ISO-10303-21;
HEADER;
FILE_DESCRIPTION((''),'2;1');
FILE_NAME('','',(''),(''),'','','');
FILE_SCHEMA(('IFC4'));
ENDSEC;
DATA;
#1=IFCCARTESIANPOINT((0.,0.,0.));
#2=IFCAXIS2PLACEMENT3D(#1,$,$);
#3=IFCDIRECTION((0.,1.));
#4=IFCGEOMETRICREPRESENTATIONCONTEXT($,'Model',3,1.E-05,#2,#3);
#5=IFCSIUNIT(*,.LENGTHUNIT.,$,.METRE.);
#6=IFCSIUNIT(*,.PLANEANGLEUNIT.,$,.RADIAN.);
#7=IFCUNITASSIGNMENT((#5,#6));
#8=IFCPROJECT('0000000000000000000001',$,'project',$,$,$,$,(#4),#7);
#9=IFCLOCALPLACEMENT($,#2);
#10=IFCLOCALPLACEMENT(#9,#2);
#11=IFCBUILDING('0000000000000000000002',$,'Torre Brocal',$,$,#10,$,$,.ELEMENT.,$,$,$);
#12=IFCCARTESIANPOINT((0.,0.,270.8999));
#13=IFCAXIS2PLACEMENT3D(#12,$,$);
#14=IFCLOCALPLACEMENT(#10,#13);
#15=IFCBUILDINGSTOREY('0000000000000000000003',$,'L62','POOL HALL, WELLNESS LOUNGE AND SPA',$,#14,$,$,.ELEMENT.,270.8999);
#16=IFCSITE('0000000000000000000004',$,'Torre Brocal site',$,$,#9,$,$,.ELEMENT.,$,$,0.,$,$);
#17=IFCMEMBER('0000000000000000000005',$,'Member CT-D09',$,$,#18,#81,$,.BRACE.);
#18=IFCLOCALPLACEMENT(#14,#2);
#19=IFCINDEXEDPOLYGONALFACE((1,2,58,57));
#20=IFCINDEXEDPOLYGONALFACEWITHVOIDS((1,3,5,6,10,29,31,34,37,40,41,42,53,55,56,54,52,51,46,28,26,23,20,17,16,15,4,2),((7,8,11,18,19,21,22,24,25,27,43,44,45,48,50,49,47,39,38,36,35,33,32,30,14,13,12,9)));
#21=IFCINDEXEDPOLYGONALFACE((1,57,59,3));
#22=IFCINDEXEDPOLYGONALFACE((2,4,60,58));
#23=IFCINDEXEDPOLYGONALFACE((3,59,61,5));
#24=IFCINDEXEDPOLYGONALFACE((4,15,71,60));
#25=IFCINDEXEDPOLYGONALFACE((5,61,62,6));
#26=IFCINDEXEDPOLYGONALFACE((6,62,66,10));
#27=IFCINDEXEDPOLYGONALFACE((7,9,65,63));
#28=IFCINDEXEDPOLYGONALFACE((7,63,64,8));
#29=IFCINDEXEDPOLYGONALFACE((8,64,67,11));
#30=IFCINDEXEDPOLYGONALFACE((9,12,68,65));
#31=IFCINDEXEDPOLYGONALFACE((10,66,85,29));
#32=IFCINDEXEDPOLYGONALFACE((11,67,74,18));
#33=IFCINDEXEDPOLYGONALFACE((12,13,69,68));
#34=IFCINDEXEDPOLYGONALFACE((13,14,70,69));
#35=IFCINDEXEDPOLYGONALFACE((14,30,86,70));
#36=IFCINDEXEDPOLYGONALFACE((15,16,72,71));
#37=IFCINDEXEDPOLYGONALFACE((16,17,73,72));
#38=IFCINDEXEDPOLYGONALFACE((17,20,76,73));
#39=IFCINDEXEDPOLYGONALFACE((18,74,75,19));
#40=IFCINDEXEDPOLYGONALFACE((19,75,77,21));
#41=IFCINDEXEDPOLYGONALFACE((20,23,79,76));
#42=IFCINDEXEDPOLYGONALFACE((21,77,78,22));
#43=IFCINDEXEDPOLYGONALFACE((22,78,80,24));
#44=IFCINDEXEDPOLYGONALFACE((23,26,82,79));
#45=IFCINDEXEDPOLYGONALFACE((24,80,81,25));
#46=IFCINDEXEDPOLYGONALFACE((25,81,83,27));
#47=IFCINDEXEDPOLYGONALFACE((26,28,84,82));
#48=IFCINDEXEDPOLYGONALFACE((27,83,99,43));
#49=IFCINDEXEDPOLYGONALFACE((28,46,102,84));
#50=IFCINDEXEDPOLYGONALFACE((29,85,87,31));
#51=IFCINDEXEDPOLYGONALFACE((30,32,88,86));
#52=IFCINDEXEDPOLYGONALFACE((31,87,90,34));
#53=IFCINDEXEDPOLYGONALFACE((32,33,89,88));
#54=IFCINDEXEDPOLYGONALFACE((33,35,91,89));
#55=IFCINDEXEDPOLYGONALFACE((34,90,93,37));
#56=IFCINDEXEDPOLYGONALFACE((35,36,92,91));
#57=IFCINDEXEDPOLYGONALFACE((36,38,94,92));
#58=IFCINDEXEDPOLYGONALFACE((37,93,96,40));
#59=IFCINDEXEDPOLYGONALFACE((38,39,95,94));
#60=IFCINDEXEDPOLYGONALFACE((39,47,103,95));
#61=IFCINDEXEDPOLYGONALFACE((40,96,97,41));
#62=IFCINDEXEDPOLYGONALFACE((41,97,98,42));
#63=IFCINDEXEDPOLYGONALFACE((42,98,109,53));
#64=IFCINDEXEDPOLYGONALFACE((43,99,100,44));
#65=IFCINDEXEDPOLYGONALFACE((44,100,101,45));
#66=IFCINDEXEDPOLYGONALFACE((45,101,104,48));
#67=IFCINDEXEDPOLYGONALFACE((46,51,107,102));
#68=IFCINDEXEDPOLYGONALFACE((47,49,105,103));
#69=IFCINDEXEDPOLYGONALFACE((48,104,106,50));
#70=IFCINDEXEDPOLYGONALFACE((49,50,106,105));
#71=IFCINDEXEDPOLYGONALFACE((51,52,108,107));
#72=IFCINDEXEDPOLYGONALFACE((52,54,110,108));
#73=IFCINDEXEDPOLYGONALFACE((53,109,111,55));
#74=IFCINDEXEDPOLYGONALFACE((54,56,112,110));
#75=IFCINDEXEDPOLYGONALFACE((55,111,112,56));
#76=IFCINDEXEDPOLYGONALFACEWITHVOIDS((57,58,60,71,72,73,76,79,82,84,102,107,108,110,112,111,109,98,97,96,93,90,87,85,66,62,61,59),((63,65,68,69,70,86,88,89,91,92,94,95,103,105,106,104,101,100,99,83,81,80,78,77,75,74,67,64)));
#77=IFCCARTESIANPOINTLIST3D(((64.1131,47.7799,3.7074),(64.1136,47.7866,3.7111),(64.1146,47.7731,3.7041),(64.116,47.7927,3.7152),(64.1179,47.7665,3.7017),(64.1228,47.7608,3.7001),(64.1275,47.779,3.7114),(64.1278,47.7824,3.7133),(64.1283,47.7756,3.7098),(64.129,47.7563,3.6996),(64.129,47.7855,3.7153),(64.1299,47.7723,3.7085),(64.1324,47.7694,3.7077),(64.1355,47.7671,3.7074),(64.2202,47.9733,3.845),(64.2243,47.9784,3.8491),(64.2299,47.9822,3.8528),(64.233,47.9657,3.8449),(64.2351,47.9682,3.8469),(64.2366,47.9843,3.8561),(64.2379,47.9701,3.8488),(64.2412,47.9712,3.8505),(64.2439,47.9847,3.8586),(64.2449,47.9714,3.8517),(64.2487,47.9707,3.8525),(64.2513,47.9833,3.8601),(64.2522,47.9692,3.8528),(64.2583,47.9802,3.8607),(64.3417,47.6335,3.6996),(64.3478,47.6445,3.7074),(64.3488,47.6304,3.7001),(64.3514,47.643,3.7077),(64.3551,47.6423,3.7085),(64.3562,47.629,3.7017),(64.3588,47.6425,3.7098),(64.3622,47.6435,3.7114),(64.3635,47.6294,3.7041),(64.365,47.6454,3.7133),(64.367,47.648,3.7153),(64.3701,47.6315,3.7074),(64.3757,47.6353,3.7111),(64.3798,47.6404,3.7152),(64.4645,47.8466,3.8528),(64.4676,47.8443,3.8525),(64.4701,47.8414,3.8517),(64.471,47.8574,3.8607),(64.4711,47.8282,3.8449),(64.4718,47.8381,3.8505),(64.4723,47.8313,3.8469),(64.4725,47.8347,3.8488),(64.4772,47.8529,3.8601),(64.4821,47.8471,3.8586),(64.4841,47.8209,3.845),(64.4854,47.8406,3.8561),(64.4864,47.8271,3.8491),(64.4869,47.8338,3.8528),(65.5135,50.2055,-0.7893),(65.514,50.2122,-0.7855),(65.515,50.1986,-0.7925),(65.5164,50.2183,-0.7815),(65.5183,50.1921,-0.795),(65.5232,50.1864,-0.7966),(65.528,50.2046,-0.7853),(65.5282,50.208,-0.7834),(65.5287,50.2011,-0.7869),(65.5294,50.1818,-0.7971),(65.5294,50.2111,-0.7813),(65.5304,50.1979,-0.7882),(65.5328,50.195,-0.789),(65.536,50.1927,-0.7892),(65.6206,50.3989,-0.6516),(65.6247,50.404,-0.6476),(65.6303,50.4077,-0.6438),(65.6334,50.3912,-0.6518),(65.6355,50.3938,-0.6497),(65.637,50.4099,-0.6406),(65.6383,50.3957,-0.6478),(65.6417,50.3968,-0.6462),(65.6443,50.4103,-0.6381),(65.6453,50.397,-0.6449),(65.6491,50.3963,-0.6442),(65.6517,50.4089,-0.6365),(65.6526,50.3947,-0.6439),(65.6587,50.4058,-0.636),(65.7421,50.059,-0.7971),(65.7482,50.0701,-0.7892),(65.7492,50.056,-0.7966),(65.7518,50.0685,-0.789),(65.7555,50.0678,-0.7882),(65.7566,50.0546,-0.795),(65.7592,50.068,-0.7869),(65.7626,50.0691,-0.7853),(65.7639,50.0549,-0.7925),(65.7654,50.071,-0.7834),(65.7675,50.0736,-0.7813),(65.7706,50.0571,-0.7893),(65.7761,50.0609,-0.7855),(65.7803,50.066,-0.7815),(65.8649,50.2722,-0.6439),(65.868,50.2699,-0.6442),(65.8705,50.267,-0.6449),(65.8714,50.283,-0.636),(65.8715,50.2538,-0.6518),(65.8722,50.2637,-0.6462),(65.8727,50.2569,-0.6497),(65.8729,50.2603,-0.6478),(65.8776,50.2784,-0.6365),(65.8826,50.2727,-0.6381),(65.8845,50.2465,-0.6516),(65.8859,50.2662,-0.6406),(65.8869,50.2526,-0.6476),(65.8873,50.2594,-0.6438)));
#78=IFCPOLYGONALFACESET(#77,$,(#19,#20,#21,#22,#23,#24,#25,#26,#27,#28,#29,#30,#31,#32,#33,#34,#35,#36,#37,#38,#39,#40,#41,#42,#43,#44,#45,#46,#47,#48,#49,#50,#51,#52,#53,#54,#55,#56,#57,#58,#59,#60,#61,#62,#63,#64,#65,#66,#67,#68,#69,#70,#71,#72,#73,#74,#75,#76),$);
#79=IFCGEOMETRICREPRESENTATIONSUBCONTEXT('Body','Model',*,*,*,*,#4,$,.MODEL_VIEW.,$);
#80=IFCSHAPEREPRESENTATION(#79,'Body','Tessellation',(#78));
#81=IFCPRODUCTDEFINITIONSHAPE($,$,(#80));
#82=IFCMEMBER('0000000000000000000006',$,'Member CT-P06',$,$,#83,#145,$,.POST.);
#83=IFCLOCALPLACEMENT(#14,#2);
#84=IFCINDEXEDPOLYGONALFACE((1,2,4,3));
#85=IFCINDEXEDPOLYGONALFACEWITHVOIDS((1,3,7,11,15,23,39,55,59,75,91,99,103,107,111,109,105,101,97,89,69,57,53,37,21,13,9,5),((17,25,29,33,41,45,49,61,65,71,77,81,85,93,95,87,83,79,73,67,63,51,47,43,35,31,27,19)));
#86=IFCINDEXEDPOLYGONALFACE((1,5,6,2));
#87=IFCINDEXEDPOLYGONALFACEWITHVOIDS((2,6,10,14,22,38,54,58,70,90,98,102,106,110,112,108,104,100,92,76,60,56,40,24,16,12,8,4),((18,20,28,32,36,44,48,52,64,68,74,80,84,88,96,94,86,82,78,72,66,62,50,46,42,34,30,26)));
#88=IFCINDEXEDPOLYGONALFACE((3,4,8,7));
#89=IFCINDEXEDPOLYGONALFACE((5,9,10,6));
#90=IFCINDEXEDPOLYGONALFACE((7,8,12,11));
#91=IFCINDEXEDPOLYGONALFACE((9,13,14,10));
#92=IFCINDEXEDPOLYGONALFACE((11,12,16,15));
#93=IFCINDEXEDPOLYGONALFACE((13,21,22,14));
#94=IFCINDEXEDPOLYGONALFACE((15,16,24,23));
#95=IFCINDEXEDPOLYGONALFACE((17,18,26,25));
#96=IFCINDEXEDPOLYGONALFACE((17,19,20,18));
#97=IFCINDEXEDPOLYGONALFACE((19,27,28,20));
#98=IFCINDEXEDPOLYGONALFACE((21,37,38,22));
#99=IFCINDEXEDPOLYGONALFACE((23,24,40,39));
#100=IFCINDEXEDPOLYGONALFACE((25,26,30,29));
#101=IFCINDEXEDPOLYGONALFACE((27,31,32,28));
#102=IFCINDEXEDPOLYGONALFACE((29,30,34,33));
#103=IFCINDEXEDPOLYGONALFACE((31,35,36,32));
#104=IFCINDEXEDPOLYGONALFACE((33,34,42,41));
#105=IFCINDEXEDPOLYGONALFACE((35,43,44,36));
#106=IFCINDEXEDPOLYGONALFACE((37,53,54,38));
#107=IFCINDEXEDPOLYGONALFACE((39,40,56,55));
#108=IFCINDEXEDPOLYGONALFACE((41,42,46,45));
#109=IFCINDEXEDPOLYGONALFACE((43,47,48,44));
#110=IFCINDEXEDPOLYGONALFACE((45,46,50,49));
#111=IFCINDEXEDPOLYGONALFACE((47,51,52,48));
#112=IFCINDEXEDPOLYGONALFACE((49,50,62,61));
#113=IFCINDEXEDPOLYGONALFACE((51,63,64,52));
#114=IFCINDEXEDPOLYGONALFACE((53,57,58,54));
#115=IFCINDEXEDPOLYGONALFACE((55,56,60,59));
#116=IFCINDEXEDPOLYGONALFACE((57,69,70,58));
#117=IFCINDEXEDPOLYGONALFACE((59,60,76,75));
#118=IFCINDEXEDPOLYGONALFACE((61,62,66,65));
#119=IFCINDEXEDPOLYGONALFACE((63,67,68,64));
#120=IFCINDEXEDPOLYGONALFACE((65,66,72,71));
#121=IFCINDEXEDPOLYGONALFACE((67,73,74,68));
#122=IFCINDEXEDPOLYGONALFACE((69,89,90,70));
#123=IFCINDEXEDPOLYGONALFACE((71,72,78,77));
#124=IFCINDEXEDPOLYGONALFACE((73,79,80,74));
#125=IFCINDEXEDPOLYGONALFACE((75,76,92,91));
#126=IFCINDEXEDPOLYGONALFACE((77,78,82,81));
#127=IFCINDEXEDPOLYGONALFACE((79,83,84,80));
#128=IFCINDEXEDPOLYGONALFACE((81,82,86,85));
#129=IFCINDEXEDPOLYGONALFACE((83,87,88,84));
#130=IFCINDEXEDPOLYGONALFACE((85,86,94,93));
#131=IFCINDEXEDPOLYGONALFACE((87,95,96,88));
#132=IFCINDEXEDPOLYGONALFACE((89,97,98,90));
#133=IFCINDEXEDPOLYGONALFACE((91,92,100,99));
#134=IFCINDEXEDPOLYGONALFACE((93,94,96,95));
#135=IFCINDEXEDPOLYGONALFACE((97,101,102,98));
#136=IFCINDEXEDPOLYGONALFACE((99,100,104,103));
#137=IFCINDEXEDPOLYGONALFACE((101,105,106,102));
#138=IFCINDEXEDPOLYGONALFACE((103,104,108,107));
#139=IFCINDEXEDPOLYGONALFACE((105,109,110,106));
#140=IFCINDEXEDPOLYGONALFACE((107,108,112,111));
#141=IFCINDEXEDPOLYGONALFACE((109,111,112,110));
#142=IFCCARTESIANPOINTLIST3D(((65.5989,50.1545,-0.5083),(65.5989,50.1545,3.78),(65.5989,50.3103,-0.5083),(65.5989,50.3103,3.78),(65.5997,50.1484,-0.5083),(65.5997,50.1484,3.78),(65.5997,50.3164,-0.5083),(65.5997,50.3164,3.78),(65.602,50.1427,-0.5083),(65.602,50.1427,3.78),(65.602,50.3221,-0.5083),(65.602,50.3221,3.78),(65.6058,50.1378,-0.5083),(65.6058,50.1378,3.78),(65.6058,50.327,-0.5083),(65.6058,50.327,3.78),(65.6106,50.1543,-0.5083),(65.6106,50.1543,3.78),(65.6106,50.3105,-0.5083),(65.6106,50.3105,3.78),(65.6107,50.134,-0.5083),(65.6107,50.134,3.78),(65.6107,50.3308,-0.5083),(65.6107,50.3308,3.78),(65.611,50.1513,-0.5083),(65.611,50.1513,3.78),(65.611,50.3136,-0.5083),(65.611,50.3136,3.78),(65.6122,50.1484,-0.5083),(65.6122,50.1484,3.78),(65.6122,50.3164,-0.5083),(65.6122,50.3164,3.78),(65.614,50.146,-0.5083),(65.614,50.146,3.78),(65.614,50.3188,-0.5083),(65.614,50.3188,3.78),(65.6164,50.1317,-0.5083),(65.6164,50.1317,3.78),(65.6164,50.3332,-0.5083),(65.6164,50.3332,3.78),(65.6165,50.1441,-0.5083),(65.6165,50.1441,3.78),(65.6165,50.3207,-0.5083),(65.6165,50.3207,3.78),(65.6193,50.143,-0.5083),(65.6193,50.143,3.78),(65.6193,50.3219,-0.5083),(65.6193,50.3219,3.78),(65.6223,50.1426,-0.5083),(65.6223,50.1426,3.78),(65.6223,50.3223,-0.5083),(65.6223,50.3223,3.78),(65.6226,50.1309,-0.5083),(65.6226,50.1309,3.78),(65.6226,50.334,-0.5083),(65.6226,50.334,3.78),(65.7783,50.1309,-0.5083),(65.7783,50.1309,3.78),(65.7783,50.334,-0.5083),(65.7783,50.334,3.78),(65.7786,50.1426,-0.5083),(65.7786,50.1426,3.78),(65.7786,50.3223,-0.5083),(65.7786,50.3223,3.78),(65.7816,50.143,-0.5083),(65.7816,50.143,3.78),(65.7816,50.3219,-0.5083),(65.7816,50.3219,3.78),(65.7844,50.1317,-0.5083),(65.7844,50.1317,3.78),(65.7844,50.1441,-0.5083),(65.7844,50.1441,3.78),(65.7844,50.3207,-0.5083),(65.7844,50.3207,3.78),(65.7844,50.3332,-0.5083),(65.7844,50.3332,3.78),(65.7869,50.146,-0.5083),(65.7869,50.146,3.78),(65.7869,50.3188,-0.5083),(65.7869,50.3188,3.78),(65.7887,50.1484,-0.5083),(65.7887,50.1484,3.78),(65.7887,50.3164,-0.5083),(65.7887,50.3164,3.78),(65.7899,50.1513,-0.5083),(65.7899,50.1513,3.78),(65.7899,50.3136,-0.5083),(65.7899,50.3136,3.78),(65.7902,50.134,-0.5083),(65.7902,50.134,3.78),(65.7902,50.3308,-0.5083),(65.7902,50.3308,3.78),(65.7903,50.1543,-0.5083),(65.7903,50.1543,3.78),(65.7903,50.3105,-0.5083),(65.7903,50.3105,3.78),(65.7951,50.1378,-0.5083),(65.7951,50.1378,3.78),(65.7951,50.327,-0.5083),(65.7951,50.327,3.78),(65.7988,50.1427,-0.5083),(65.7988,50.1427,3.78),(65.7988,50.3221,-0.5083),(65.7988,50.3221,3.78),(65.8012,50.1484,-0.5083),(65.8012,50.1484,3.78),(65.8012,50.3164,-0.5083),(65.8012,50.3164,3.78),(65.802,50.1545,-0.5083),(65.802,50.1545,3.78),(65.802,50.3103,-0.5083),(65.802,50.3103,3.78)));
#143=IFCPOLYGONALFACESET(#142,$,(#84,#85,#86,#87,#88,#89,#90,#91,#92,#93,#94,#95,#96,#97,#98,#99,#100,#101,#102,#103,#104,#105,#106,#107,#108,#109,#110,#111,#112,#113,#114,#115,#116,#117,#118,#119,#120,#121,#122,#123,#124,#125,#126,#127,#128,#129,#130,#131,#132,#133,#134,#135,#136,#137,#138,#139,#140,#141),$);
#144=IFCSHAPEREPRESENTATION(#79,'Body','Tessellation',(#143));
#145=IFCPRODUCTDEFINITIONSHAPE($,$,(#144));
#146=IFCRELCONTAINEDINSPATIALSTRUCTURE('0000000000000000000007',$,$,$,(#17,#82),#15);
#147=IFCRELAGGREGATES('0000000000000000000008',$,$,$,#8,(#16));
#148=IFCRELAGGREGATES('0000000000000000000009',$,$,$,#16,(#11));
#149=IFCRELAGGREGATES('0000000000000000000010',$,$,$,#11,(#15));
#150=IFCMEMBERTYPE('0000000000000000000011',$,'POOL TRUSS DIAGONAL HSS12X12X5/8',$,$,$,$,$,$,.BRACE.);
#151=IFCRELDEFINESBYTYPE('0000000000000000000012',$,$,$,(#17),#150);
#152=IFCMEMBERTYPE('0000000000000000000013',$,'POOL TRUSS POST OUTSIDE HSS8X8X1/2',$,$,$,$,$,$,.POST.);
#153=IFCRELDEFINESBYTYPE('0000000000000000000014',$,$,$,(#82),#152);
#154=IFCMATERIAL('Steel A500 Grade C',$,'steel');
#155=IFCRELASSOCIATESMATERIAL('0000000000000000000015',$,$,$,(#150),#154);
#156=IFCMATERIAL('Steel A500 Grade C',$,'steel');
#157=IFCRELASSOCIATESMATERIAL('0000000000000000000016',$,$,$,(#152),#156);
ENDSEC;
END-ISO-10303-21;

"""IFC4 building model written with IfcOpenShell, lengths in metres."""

from ifc_helpers import new_model, si_unit, direction, frame, origin, origin_2d, place, context, subcontext, project, spatial, hollow_rectangle, extrude, material, material_profile, profile_set, type_object, element, save


model = new_model("IFC4")

# Units and contexts
model_context = context("Model", 3, precision=1e-05, world=origin(), true_north=direction((0.0, 1.0)))
body_context = subcontext(model_context, "Body", "Model", "MODEL_VIEW")
ifc_project = project(units=[si_unit("LENGTHUNIT", "METRE"), si_unit("PLANEANGLEUNIT", "RADIAN")], contexts=[model_context])

# Site, building, storey
site_placement = place(None, origin())
site = spatial("IfcSite", under=ifc_project, at=site_placement, Name="Torre Brocal site", CompositionType="ELEMENT", RefElevation=0.0)
building_placement = place(site_placement, origin())
building = spatial("IfcBuilding", under=site, at=building_placement, Name="Torre Brocal", CompositionType="ELEMENT")
storey_placement = place(building_placement, frame((0.0, 0.0, 270.8999)))
storey = spatial("IfcBuildingStorey", under=building, at=storey_placement, Name="L62", Description="POOL HALL, WELLNESS LOUNGE AND SPA", CompositionType="ELEMENT", Elevation=270.8999)

# Members
ifc_material_1 = material(Name="Steel A500 Grade C", Category="steel")
ifc_material_profile_1 = material_profile(ifc_material_1, hollow_rectangle(XDim=0.3047, YDim=0.3047, WallThickness=0.0149, InnerFilletRadius=0.0149, OuterFilletRadius=0.0295, at=origin_2d()), Name="HSS12X12X5/8")
ifc_profile_set_1 = profile_set([ifc_material_profile_1], Name="Steel A500 Grade C")
member_type_1 = type_object("IfcMemberType", Name="POOL TRUSS DIAGONAL HSS12X12X5/8", PredefinedType="BRACE", material=ifc_profile_set_1)
for number, where, z_axis, x_axis, name in (
    (1, (65.7004, 50.2324, -0.7166), (-0.264349, -0.457864, 0.848811), (0.866024, -0.500002, 0.0), "Member CT-D09"),
):
    element("IfcMember", number, at=place(storey_placement, frame(where, z_axis=z_axis, x_axis=x_axis)), inside=storey, type_object=member_type_1, Name=name, PredefinedType="BRACE", context=body_context, shape_type="SweptSolid", body=[
        extrude(hollow_rectangle(XDim=0.3047, YDim=0.3047, WallThickness=0.0149, InnerFilletRadius=0.0149, OuterFilletRadius=0.0295, at=origin_2d()), origin(), (0.0, 0.0, 1.0), 5.2976),
    ])
ifc_material_2 = material(Name="Steel A500 Grade C", Category="steel")
ifc_material_profile_2 = material_profile(ifc_material_2, hollow_rectangle(XDim=0.2031, YDim=0.2031, WallThickness=0.0117, InnerFilletRadius=0.0117, OuterFilletRadius=0.0237, at=origin_2d()), Name="HSS8X8X1/2")
ifc_profile_set_2 = profile_set([ifc_material_profile_2], Name="Steel A500 Grade C")
member_type_2 = type_object("IfcMemberType", Name="POOL TRUSS POST OUTSIDE HSS8X8X1/2", PredefinedType="POST", material=ifc_profile_set_2)
for number, where, z_axis, x_axis, name in (
    (2, (65.7004, 50.2324, -0.5083), (0.0, 0.0, 1.0), (1.0, 0.0, 0.0), "Member CT-P06"),
):
    element("IfcMember", number, at=place(storey_placement, frame(where, z_axis=z_axis, x_axis=x_axis)), inside=storey, type_object=member_type_2, Name=name, PredefinedType="POST", context=body_context, shape_type="SweptSolid", body=[
        extrude(hollow_rectangle(XDim=0.2031, YDim=0.2031, WallThickness=0.0117, InnerFilletRadius=0.0117, OuterFilletRadius=0.0237, at=origin_2d()), origin(), (0.0, 0.0, 1.0), 4.2883),
    ])

save(model, "model.ifc")
